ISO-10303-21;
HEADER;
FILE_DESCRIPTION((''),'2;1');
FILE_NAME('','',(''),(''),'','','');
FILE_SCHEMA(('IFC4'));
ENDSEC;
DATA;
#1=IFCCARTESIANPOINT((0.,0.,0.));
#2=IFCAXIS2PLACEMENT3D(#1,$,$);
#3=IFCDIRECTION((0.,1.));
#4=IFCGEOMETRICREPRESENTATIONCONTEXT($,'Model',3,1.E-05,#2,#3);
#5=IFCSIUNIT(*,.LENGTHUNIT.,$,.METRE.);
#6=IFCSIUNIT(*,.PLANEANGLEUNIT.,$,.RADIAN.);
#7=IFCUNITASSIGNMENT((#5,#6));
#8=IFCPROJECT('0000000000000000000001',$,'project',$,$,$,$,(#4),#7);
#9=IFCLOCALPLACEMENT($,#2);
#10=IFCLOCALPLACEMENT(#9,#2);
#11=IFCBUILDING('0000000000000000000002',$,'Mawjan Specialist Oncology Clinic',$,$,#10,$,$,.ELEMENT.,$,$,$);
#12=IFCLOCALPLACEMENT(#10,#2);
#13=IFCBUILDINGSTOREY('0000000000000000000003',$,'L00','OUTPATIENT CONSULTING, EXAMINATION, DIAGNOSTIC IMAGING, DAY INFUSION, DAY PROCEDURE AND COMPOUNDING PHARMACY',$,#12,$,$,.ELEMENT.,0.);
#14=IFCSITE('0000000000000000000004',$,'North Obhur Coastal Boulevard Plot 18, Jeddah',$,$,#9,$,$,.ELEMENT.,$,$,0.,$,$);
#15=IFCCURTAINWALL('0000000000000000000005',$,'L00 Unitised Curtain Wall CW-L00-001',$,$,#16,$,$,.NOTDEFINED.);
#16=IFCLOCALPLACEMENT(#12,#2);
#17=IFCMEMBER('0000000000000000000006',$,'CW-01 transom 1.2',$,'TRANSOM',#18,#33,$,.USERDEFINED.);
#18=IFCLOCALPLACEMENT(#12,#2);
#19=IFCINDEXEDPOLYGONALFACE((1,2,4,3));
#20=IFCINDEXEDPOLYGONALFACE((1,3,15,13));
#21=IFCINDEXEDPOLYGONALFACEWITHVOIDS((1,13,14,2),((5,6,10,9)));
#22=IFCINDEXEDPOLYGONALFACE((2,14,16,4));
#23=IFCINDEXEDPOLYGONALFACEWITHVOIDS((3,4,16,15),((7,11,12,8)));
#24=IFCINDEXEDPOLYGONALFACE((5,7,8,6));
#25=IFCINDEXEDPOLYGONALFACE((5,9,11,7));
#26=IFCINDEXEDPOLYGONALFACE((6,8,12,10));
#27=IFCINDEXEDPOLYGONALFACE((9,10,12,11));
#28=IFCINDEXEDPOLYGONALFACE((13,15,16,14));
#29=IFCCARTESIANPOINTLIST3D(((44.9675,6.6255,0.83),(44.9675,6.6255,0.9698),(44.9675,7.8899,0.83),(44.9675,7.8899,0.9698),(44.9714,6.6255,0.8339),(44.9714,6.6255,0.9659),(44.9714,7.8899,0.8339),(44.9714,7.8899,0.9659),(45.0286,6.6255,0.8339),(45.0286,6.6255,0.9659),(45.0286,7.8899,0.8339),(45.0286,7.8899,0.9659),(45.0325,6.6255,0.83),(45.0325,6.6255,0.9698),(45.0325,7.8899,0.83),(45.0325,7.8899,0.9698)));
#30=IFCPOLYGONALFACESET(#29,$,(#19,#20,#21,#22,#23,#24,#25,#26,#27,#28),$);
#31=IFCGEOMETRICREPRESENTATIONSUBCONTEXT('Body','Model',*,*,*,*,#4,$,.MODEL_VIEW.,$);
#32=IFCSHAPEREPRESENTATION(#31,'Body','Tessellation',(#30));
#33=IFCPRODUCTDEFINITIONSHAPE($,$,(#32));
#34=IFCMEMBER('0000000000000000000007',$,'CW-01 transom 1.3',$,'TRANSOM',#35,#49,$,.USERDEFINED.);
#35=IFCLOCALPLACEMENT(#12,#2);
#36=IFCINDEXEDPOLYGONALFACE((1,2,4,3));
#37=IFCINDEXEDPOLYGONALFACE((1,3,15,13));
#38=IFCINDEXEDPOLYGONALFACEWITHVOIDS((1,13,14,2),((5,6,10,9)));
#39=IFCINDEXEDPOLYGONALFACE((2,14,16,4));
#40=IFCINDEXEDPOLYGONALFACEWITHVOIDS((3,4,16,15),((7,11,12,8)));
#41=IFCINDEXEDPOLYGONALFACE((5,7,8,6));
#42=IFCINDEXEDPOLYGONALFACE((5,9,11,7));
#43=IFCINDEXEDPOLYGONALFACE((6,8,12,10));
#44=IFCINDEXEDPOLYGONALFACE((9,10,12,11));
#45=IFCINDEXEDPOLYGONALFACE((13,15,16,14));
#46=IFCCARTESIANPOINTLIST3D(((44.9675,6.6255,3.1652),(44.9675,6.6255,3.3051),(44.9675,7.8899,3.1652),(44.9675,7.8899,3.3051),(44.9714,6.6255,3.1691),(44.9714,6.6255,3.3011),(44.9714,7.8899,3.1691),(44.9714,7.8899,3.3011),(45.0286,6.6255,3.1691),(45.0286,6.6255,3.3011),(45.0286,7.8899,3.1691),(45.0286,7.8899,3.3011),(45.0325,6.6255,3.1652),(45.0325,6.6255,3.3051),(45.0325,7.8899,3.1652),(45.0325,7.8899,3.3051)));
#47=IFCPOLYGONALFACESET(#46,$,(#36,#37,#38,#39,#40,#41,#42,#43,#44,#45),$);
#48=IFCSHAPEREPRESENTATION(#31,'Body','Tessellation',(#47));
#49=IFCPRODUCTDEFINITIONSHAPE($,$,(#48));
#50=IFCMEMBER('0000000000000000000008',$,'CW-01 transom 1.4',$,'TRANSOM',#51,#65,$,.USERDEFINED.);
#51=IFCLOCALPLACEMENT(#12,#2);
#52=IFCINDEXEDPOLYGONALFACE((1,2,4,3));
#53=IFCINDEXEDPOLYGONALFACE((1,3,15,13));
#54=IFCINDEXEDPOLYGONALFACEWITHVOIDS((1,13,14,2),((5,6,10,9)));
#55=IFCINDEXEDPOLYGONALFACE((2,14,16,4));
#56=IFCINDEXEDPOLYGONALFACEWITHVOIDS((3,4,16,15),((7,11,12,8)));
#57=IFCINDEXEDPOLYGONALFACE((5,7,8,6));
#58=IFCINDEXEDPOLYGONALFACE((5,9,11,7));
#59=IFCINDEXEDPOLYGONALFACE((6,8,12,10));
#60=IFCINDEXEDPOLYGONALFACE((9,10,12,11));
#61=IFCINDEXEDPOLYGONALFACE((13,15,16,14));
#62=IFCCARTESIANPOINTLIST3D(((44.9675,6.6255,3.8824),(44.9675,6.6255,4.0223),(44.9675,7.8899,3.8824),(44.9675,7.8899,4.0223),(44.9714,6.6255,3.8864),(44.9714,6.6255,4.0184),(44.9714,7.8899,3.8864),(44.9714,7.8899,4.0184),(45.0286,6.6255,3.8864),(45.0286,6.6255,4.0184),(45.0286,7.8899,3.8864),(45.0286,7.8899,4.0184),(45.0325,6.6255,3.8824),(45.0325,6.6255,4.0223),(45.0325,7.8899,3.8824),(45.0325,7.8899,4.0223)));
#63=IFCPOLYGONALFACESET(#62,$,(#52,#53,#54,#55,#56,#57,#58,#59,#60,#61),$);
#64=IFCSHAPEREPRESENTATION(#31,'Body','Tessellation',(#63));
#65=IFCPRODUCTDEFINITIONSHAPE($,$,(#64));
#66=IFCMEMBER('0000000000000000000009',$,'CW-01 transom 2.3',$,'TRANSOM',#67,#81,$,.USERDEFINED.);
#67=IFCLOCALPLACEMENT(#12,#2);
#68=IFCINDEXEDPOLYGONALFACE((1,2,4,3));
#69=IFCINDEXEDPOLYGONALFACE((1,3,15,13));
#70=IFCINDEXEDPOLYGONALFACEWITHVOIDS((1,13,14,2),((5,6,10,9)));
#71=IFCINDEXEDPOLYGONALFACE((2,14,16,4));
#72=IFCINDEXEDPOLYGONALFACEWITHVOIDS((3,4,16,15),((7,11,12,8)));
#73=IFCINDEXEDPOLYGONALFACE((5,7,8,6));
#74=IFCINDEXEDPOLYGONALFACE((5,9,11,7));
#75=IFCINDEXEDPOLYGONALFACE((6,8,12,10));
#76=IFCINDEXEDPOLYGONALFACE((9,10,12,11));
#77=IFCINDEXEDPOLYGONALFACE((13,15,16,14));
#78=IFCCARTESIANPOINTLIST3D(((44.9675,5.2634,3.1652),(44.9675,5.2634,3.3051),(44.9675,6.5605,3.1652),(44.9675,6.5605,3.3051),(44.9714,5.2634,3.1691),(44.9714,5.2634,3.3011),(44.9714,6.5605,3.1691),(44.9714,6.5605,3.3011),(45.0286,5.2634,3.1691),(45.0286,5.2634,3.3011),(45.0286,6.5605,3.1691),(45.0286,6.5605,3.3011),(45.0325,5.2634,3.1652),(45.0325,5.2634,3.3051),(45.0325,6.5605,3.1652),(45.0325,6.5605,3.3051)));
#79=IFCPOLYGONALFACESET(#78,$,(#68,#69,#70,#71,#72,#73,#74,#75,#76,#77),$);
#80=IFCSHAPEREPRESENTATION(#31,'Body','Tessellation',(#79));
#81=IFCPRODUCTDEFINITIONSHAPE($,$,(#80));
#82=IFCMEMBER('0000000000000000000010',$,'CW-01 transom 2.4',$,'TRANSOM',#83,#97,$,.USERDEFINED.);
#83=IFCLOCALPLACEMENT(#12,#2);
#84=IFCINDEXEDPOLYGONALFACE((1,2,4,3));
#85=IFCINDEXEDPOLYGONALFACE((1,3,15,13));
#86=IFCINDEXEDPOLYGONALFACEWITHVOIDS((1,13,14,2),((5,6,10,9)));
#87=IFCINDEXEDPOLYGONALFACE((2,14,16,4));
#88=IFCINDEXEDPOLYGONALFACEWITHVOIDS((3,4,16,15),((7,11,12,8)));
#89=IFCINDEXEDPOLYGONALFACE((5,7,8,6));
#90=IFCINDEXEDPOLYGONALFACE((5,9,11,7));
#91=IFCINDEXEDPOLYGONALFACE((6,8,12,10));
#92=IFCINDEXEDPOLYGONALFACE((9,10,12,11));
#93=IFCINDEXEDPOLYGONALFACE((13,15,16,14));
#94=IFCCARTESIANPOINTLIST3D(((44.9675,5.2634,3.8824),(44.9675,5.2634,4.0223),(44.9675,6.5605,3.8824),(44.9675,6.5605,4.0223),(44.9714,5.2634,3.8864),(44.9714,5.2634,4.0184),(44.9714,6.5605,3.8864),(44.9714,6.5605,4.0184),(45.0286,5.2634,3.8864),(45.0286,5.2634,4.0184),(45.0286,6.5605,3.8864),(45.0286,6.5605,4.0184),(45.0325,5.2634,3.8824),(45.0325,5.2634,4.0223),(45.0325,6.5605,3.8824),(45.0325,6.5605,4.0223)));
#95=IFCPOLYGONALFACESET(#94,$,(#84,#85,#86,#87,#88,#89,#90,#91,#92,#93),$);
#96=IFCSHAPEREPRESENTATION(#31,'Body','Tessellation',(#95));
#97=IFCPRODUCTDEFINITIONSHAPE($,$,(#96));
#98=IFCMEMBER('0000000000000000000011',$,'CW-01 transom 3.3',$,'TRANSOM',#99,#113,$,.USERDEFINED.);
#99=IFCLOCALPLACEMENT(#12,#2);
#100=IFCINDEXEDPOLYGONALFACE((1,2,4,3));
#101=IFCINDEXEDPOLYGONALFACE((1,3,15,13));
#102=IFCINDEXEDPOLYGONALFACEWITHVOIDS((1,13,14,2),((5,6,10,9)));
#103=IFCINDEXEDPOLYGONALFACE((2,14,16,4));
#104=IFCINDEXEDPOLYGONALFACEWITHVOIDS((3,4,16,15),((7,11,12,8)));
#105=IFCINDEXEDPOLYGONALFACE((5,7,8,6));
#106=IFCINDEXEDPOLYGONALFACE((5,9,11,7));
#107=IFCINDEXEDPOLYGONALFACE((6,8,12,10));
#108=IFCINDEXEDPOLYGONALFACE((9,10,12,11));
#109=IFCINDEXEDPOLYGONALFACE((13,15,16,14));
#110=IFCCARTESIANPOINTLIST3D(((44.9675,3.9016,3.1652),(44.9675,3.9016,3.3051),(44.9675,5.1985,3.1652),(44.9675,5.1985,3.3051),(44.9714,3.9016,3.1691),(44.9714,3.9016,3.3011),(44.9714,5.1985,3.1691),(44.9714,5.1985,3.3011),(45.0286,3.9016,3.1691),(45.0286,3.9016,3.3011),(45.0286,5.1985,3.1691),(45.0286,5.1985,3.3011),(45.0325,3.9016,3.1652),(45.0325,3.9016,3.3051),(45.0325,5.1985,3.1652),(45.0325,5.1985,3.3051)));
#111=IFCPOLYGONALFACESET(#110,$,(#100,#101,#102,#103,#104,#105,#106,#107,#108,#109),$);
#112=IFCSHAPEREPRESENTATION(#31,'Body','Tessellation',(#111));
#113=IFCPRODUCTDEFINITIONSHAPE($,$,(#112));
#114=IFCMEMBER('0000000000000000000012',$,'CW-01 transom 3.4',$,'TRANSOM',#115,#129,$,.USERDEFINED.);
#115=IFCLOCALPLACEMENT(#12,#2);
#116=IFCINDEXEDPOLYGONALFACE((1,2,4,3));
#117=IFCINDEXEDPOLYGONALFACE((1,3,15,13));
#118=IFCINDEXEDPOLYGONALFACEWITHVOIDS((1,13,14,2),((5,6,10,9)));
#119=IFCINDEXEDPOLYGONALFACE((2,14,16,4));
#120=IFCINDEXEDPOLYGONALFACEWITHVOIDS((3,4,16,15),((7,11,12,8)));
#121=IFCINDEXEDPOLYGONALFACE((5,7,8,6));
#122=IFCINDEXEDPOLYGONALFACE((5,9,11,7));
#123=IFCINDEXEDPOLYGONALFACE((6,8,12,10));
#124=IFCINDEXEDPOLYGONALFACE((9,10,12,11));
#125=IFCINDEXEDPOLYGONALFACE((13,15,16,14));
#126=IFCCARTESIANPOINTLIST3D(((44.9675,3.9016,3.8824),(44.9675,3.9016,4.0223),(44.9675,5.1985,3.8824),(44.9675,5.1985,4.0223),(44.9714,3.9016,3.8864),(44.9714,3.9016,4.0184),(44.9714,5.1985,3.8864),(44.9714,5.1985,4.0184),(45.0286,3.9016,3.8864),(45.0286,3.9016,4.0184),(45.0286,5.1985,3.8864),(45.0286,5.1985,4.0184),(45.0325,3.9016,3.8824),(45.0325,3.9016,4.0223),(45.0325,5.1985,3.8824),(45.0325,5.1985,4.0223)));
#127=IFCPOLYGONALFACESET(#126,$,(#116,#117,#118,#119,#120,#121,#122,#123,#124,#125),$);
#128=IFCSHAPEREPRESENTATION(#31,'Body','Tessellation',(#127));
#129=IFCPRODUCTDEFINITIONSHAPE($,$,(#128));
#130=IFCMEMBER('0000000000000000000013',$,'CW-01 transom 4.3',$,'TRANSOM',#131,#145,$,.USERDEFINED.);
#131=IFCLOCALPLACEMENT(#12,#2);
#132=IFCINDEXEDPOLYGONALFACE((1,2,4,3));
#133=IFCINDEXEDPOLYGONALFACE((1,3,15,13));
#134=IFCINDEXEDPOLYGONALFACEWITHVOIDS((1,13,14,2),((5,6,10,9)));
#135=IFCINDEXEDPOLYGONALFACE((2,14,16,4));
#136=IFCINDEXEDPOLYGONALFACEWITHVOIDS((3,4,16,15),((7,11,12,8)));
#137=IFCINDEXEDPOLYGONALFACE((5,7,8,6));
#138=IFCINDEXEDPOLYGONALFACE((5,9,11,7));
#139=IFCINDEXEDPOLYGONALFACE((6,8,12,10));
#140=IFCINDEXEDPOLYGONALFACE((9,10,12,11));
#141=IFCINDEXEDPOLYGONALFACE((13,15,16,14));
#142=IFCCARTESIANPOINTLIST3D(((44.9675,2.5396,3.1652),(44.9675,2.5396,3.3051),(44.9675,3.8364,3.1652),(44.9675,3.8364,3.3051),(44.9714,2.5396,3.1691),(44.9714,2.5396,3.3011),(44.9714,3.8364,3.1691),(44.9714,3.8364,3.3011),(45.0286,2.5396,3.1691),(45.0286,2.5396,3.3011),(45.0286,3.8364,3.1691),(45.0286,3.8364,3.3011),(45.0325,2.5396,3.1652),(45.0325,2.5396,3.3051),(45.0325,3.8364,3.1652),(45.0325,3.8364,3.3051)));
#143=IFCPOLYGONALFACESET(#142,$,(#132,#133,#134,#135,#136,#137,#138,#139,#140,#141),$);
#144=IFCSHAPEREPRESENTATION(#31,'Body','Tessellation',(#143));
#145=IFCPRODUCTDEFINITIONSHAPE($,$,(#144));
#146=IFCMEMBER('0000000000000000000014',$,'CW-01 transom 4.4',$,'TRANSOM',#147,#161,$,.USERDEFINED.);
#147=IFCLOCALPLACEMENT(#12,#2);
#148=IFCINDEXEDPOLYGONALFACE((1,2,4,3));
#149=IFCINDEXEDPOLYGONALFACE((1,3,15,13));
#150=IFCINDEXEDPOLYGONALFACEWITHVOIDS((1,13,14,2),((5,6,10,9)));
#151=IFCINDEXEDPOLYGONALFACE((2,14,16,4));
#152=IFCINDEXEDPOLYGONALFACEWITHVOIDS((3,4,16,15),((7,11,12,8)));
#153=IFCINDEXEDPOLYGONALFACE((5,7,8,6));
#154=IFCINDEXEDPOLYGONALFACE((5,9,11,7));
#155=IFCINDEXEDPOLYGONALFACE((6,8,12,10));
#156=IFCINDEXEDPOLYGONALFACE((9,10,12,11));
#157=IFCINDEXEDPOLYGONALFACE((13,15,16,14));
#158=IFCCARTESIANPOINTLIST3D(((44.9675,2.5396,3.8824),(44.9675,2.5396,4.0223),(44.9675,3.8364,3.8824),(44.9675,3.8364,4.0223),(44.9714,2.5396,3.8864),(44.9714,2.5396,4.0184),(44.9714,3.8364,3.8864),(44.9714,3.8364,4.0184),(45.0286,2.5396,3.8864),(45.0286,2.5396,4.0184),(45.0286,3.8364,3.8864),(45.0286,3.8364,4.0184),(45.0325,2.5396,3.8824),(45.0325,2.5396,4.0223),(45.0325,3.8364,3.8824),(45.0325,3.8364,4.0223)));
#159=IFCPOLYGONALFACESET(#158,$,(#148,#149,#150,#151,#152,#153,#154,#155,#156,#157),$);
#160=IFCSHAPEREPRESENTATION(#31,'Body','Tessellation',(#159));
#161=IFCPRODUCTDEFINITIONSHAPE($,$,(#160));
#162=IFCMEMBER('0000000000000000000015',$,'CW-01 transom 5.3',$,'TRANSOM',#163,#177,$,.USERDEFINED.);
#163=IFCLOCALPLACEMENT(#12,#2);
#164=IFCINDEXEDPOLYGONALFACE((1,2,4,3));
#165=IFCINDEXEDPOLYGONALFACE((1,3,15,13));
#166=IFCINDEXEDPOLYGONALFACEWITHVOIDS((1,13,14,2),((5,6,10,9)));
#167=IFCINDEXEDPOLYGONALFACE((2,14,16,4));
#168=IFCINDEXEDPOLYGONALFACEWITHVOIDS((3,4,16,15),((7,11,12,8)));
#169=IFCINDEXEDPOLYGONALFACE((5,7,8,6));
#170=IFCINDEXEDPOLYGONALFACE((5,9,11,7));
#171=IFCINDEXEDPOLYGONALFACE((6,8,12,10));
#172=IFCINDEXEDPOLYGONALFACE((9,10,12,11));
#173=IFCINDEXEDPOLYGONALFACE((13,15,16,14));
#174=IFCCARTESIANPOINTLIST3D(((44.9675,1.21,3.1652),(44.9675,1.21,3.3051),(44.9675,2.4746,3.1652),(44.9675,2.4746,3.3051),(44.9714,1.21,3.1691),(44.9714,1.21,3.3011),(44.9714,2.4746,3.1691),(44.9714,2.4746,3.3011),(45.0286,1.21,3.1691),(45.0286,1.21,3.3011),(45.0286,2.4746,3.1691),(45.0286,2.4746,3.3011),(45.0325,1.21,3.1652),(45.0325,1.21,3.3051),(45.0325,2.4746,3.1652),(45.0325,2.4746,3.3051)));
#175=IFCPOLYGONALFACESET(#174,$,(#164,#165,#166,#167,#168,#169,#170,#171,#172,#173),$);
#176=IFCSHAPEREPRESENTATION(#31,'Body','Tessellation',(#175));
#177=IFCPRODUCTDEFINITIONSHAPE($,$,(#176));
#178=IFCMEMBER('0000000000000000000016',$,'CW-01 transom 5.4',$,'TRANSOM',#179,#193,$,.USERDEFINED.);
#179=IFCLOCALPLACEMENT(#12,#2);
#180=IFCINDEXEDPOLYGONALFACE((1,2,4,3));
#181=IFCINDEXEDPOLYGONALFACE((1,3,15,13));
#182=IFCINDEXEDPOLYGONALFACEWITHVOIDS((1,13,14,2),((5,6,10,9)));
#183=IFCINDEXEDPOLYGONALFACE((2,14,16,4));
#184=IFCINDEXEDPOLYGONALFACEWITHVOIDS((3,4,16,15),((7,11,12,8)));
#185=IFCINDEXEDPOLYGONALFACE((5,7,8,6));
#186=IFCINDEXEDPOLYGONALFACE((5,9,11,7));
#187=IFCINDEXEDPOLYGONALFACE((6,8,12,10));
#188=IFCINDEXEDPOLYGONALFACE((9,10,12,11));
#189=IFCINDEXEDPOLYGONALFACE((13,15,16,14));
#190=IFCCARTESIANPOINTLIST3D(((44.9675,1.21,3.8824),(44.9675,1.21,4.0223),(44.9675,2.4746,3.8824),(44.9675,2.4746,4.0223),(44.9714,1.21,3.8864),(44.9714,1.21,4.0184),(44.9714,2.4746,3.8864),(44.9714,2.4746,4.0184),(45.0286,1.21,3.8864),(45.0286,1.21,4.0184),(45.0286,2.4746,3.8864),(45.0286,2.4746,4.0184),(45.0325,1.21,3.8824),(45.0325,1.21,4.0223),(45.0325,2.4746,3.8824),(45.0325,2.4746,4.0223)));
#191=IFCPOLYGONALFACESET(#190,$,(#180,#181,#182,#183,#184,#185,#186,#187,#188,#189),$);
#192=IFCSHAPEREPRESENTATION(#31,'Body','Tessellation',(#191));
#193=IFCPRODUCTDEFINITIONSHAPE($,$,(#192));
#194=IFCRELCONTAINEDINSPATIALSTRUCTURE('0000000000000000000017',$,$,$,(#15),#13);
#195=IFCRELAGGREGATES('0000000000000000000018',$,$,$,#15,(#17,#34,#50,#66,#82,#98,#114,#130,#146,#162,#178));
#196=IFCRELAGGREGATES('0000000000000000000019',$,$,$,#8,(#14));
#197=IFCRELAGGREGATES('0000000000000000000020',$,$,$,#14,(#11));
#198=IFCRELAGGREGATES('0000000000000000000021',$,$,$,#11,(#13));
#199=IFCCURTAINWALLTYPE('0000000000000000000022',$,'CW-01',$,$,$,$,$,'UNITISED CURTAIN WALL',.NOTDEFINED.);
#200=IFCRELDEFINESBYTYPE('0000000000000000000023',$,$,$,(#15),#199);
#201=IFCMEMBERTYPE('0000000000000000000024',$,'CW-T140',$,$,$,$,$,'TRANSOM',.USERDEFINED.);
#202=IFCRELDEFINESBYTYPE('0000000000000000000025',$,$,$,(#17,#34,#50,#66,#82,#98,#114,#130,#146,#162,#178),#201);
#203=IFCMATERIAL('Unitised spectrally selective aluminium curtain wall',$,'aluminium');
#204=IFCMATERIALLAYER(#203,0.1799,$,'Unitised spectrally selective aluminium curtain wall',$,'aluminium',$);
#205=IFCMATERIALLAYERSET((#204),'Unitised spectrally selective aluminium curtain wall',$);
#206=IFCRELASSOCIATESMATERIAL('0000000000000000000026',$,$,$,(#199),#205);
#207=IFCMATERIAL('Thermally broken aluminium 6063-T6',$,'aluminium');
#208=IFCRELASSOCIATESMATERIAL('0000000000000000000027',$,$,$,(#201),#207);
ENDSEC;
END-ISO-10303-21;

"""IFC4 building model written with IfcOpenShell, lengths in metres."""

from ifc_helpers import new_model, si_unit, direction, frame, origin, origin_2d, place, context, subcontext, project, spatial, hollow_rectangle, extrude, material, layer, layer_set, material_profile, profile_set, type_object, element, aggregate, save


model = new_model("IFC4")

# Units and contexts
model_context = context("Model", 3, precision=1e-05, world=origin(), true_north=direction((0.0, 1.0)))
body_context = subcontext(model_context, "Body", "Model", "MODEL_VIEW")
ifc_project = project(units=[si_unit("LENGTHUNIT", "METRE"), si_unit("PLANEANGLEUNIT", "RADIAN")], contexts=[model_context])

# Site, building, storey
site_placement = place(None, origin())
site = spatial("IfcSite", under=ifc_project, at=site_placement, Name="North Obhur Coastal Boulevard Plot 18, Jeddah", CompositionType="ELEMENT", RefElevation=0.0)
building_placement = place(site_placement, origin())
building = spatial("IfcBuilding", under=site, at=building_placement, Name="Mawjan Specialist Oncology Clinic", CompositionType="ELEMENT")
storey_placement = place(building_placement, origin())
storey = spatial("IfcBuildingStorey", under=building, at=storey_placement, Name="L00", Description="OUTPATIENT CONSULTING, EXAMINATION, DIAGNOSTIC IMAGING, DAY INFUSION, DAY PROCEDURE AND COMPOUNDING PHARMACY", CompositionType="ELEMENT", Elevation=0.0)

# Curtain wall, members
ifc_material_1 = material(Name="Unitised spectrally selective aluminium curtain wall", Category="aluminium")
ifc_layer_1 = layer(ifc_material_1, 0.1799, Name="Unitised spectrally selective aluminium curtain wall", Category="aluminium")
ifc_layer_set_1 = layer_set([ifc_layer_1], Name="Unitised spectrally selective aluminium curtain wall")
curtain_wall_type = type_object("IfcCurtainWallType", Name="CW-01", ElementType="UNITISED CURTAIN WALL", PredefinedType="NOTDEFINED", material=ifc_layer_set_1)
curtain_wall_placement = place(storey_placement, origin())
curtain_wall = element("IfcCurtainWall", 1, at=curtain_wall_placement, inside=storey, type_object=curtain_wall_type, Name="L00 Unitised Curtain Wall CW-L00-001", PredefinedType="NOTDEFINED")
ifc_material_2 = material(Name="Thermally broken aluminium 6063-T6", Category="aluminium")
ifc_material_profile = material_profile(ifc_material_2, hollow_rectangle(XDim=0.0649, YDim=0.1399, WallThickness=0.0039, at=origin_2d()), Name="ALU TRANSOM 140x65x4", Category="aluminium")
ifc_profile_set = profile_set([ifc_material_profile], Name="Thermally broken aluminium 6063-T6")
member_type = type_object("IfcMemberType", Name="CW-T140", ElementType="TRANSOM", PredefinedType="USERDEFINED", material=ifc_profile_set)
member_1_placement = place(storey_placement, frame((45.0, 7.8899, 0.8999), z_axis=(0.0, -1.0, 0.0), x_axis=(1.0, 0.0, 0.0)))
member_1 = element("IfcMember", 2, at=member_1_placement, type_object=member_type, Name="CW-01 transom 1.2", ObjectType="TRANSOM", PredefinedType="USERDEFINED", context=body_context, shape_type="SweptSolid", body=[
    extrude(hollow_rectangle(XDim=0.0649, YDim=0.1399, WallThickness=0.0039, at=origin_2d()), origin(), (0.0, 0.0, 1.0), 1.2644),
])
member_2_placement = place(storey_placement, frame((45.0, 7.8899, 3.2351), z_axis=(0.0, -1.0, 0.0), x_axis=(1.0, 0.0, 0.0)))
member_2 = element("IfcMember", 3, at=member_2_placement, type_object=member_type, Name="CW-01 transom 1.3", ObjectType="TRANSOM", PredefinedType="USERDEFINED", context=body_context, shape_type="SweptSolid", body=[
    extrude(hollow_rectangle(XDim=0.0649, YDim=0.1399, WallThickness=0.0039, at=origin_2d()), origin(), (0.0, 0.0, 1.0), 1.2644),
])
member_3_placement = place(storey_placement, frame((45.0, 7.8899, 3.9524), z_axis=(0.0, -1.0, 0.0), x_axis=(1.0, 0.0, 0.0)))
member_3 = element("IfcMember", 4, at=member_3_placement, type_object=member_type, Name="CW-01 transom 1.4", ObjectType="TRANSOM", PredefinedType="USERDEFINED", context=body_context, shape_type="SweptSolid", body=[
    extrude(hollow_rectangle(XDim=0.0649, YDim=0.1399, WallThickness=0.0039, at=origin_2d()), origin(), (0.0, 0.0, 1.0), 1.2644),
])
member_4_placement = place(storey_placement, frame((45.0, 6.5605, 3.2351), z_axis=(0.0, -1.0, 0.0), x_axis=(1.0, 0.0, 0.0)))
member_4 = element("IfcMember", 5, at=member_4_placement, type_object=member_type, Name="CW-01 transom 2.3", ObjectType="TRANSOM", PredefinedType="USERDEFINED", context=body_context, shape_type="SweptSolid", body=[
    extrude(hollow_rectangle(XDim=0.0649, YDim=0.1399, WallThickness=0.0039, at=origin_2d()), origin(), (0.0, 0.0, 1.0), 1.2971),
])
member_5_placement = place(storey_placement, frame((45.0, 6.5605, 3.9524), z_axis=(0.0, -1.0, 0.0), x_axis=(1.0, 0.0, 0.0)))
member_5 = element("IfcMember", 6, at=member_5_placement, type_object=member_type, Name="CW-01 transom 2.4", ObjectType="TRANSOM", PredefinedType="USERDEFINED", context=body_context, shape_type="SweptSolid", body=[
    extrude(hollow_rectangle(XDim=0.0649, YDim=0.1399, WallThickness=0.0039, at=origin_2d()), origin(), (0.0, 0.0, 1.0), 1.2971),
])
member_6_placement = place(storey_placement, frame((45.0, 5.1985, 3.2351), z_axis=(0.0, -1.0, 0.0), x_axis=(1.0, 0.0, 0.0)))
member_6 = element("IfcMember", 7, at=member_6_placement, type_object=member_type, Name="CW-01 transom 3.3", ObjectType="TRANSOM", PredefinedType="USERDEFINED", context=body_context, shape_type="SweptSolid", body=[
    extrude(hollow_rectangle(XDim=0.0649, YDim=0.1399, WallThickness=0.0039, at=origin_2d()), origin(), (0.0, 0.0, 1.0), 1.2969),
])
member_7_placement = place(storey_placement, frame((45.0, 5.1985, 3.9524), z_axis=(0.0, -1.0, 0.0), x_axis=(1.0, 0.0, 0.0)))
member_7 = element("IfcMember", 8, at=member_7_placement, type_object=member_type, Name="CW-01 transom 3.4", ObjectType="TRANSOM", PredefinedType="USERDEFINED", context=body_context, shape_type="SweptSolid", body=[
    extrude(hollow_rectangle(XDim=0.0649, YDim=0.1399, WallThickness=0.0039, at=origin_2d()), origin(), (0.0, 0.0, 1.0), 1.2969),
])
member_8_placement = place(storey_placement, frame((45.0, 3.8364, 3.2351), z_axis=(0.0, -1.0, 0.0), x_axis=(1.0, 0.0, 0.0)))
member_8 = element("IfcMember", 9, at=member_8_placement, type_object=member_type, Name="CW-01 transom 4.3", ObjectType="TRANSOM", PredefinedType="USERDEFINED", context=body_context, shape_type="SweptSolid", body=[
    extrude(hollow_rectangle(XDim=0.0649, YDim=0.1399, WallThickness=0.0039, at=origin_2d()), origin(), (0.0, 0.0, 1.0), 1.2969),
])
member_9_placement = place(storey_placement, frame((45.0, 3.8364, 3.9524), z_axis=(0.0, -1.0, 0.0), x_axis=(1.0, 0.0, 0.0)))
member_9 = element("IfcMember", 10, at=member_9_placement, type_object=member_type, Name="CW-01 transom 4.4", ObjectType="TRANSOM", PredefinedType="USERDEFINED", context=body_context, shape_type="SweptSolid", body=[
    extrude(hollow_rectangle(XDim=0.0649, YDim=0.1399, WallThickness=0.0039, at=origin_2d()), origin(), (0.0, 0.0, 1.0), 1.2969),
])
member_10_placement = place(storey_placement, frame((45.0, 2.4746, 3.2351), z_axis=(0.0, -1.0, 0.0), x_axis=(1.0, 0.0, 0.0)))
member_10 = element("IfcMember", 11, at=member_10_placement, type_object=member_type, Name="CW-01 transom 5.3", ObjectType="TRANSOM", PredefinedType="USERDEFINED", context=body_context, shape_type="SweptSolid", body=[
    extrude(hollow_rectangle(XDim=0.0649, YDim=0.1399, WallThickness=0.0039, at=origin_2d()), origin(), (0.0, 0.0, 1.0), 1.2646),
])
member_11_placement = place(storey_placement, frame((45.0, 2.4746, 3.9524), z_axis=(0.0, -1.0, 0.0), x_axis=(1.0, 0.0, 0.0)))
member_11 = element("IfcMember", 12, at=member_11_placement, type_object=member_type, Name="CW-01 transom 5.4", ObjectType="TRANSOM", PredefinedType="USERDEFINED", context=body_context, shape_type="SweptSolid", body=[
    extrude(hollow_rectangle(XDim=0.0649, YDim=0.1399, WallThickness=0.0039, at=origin_2d()), origin(), (0.0, 0.0, 1.0), 1.2646),
])
aggregate(curtain_wall, [member_1, member_2, member_3, member_4, member_5, member_6, member_7, member_8, member_9, member_10, member_11])

save(model, "model.ifc")
